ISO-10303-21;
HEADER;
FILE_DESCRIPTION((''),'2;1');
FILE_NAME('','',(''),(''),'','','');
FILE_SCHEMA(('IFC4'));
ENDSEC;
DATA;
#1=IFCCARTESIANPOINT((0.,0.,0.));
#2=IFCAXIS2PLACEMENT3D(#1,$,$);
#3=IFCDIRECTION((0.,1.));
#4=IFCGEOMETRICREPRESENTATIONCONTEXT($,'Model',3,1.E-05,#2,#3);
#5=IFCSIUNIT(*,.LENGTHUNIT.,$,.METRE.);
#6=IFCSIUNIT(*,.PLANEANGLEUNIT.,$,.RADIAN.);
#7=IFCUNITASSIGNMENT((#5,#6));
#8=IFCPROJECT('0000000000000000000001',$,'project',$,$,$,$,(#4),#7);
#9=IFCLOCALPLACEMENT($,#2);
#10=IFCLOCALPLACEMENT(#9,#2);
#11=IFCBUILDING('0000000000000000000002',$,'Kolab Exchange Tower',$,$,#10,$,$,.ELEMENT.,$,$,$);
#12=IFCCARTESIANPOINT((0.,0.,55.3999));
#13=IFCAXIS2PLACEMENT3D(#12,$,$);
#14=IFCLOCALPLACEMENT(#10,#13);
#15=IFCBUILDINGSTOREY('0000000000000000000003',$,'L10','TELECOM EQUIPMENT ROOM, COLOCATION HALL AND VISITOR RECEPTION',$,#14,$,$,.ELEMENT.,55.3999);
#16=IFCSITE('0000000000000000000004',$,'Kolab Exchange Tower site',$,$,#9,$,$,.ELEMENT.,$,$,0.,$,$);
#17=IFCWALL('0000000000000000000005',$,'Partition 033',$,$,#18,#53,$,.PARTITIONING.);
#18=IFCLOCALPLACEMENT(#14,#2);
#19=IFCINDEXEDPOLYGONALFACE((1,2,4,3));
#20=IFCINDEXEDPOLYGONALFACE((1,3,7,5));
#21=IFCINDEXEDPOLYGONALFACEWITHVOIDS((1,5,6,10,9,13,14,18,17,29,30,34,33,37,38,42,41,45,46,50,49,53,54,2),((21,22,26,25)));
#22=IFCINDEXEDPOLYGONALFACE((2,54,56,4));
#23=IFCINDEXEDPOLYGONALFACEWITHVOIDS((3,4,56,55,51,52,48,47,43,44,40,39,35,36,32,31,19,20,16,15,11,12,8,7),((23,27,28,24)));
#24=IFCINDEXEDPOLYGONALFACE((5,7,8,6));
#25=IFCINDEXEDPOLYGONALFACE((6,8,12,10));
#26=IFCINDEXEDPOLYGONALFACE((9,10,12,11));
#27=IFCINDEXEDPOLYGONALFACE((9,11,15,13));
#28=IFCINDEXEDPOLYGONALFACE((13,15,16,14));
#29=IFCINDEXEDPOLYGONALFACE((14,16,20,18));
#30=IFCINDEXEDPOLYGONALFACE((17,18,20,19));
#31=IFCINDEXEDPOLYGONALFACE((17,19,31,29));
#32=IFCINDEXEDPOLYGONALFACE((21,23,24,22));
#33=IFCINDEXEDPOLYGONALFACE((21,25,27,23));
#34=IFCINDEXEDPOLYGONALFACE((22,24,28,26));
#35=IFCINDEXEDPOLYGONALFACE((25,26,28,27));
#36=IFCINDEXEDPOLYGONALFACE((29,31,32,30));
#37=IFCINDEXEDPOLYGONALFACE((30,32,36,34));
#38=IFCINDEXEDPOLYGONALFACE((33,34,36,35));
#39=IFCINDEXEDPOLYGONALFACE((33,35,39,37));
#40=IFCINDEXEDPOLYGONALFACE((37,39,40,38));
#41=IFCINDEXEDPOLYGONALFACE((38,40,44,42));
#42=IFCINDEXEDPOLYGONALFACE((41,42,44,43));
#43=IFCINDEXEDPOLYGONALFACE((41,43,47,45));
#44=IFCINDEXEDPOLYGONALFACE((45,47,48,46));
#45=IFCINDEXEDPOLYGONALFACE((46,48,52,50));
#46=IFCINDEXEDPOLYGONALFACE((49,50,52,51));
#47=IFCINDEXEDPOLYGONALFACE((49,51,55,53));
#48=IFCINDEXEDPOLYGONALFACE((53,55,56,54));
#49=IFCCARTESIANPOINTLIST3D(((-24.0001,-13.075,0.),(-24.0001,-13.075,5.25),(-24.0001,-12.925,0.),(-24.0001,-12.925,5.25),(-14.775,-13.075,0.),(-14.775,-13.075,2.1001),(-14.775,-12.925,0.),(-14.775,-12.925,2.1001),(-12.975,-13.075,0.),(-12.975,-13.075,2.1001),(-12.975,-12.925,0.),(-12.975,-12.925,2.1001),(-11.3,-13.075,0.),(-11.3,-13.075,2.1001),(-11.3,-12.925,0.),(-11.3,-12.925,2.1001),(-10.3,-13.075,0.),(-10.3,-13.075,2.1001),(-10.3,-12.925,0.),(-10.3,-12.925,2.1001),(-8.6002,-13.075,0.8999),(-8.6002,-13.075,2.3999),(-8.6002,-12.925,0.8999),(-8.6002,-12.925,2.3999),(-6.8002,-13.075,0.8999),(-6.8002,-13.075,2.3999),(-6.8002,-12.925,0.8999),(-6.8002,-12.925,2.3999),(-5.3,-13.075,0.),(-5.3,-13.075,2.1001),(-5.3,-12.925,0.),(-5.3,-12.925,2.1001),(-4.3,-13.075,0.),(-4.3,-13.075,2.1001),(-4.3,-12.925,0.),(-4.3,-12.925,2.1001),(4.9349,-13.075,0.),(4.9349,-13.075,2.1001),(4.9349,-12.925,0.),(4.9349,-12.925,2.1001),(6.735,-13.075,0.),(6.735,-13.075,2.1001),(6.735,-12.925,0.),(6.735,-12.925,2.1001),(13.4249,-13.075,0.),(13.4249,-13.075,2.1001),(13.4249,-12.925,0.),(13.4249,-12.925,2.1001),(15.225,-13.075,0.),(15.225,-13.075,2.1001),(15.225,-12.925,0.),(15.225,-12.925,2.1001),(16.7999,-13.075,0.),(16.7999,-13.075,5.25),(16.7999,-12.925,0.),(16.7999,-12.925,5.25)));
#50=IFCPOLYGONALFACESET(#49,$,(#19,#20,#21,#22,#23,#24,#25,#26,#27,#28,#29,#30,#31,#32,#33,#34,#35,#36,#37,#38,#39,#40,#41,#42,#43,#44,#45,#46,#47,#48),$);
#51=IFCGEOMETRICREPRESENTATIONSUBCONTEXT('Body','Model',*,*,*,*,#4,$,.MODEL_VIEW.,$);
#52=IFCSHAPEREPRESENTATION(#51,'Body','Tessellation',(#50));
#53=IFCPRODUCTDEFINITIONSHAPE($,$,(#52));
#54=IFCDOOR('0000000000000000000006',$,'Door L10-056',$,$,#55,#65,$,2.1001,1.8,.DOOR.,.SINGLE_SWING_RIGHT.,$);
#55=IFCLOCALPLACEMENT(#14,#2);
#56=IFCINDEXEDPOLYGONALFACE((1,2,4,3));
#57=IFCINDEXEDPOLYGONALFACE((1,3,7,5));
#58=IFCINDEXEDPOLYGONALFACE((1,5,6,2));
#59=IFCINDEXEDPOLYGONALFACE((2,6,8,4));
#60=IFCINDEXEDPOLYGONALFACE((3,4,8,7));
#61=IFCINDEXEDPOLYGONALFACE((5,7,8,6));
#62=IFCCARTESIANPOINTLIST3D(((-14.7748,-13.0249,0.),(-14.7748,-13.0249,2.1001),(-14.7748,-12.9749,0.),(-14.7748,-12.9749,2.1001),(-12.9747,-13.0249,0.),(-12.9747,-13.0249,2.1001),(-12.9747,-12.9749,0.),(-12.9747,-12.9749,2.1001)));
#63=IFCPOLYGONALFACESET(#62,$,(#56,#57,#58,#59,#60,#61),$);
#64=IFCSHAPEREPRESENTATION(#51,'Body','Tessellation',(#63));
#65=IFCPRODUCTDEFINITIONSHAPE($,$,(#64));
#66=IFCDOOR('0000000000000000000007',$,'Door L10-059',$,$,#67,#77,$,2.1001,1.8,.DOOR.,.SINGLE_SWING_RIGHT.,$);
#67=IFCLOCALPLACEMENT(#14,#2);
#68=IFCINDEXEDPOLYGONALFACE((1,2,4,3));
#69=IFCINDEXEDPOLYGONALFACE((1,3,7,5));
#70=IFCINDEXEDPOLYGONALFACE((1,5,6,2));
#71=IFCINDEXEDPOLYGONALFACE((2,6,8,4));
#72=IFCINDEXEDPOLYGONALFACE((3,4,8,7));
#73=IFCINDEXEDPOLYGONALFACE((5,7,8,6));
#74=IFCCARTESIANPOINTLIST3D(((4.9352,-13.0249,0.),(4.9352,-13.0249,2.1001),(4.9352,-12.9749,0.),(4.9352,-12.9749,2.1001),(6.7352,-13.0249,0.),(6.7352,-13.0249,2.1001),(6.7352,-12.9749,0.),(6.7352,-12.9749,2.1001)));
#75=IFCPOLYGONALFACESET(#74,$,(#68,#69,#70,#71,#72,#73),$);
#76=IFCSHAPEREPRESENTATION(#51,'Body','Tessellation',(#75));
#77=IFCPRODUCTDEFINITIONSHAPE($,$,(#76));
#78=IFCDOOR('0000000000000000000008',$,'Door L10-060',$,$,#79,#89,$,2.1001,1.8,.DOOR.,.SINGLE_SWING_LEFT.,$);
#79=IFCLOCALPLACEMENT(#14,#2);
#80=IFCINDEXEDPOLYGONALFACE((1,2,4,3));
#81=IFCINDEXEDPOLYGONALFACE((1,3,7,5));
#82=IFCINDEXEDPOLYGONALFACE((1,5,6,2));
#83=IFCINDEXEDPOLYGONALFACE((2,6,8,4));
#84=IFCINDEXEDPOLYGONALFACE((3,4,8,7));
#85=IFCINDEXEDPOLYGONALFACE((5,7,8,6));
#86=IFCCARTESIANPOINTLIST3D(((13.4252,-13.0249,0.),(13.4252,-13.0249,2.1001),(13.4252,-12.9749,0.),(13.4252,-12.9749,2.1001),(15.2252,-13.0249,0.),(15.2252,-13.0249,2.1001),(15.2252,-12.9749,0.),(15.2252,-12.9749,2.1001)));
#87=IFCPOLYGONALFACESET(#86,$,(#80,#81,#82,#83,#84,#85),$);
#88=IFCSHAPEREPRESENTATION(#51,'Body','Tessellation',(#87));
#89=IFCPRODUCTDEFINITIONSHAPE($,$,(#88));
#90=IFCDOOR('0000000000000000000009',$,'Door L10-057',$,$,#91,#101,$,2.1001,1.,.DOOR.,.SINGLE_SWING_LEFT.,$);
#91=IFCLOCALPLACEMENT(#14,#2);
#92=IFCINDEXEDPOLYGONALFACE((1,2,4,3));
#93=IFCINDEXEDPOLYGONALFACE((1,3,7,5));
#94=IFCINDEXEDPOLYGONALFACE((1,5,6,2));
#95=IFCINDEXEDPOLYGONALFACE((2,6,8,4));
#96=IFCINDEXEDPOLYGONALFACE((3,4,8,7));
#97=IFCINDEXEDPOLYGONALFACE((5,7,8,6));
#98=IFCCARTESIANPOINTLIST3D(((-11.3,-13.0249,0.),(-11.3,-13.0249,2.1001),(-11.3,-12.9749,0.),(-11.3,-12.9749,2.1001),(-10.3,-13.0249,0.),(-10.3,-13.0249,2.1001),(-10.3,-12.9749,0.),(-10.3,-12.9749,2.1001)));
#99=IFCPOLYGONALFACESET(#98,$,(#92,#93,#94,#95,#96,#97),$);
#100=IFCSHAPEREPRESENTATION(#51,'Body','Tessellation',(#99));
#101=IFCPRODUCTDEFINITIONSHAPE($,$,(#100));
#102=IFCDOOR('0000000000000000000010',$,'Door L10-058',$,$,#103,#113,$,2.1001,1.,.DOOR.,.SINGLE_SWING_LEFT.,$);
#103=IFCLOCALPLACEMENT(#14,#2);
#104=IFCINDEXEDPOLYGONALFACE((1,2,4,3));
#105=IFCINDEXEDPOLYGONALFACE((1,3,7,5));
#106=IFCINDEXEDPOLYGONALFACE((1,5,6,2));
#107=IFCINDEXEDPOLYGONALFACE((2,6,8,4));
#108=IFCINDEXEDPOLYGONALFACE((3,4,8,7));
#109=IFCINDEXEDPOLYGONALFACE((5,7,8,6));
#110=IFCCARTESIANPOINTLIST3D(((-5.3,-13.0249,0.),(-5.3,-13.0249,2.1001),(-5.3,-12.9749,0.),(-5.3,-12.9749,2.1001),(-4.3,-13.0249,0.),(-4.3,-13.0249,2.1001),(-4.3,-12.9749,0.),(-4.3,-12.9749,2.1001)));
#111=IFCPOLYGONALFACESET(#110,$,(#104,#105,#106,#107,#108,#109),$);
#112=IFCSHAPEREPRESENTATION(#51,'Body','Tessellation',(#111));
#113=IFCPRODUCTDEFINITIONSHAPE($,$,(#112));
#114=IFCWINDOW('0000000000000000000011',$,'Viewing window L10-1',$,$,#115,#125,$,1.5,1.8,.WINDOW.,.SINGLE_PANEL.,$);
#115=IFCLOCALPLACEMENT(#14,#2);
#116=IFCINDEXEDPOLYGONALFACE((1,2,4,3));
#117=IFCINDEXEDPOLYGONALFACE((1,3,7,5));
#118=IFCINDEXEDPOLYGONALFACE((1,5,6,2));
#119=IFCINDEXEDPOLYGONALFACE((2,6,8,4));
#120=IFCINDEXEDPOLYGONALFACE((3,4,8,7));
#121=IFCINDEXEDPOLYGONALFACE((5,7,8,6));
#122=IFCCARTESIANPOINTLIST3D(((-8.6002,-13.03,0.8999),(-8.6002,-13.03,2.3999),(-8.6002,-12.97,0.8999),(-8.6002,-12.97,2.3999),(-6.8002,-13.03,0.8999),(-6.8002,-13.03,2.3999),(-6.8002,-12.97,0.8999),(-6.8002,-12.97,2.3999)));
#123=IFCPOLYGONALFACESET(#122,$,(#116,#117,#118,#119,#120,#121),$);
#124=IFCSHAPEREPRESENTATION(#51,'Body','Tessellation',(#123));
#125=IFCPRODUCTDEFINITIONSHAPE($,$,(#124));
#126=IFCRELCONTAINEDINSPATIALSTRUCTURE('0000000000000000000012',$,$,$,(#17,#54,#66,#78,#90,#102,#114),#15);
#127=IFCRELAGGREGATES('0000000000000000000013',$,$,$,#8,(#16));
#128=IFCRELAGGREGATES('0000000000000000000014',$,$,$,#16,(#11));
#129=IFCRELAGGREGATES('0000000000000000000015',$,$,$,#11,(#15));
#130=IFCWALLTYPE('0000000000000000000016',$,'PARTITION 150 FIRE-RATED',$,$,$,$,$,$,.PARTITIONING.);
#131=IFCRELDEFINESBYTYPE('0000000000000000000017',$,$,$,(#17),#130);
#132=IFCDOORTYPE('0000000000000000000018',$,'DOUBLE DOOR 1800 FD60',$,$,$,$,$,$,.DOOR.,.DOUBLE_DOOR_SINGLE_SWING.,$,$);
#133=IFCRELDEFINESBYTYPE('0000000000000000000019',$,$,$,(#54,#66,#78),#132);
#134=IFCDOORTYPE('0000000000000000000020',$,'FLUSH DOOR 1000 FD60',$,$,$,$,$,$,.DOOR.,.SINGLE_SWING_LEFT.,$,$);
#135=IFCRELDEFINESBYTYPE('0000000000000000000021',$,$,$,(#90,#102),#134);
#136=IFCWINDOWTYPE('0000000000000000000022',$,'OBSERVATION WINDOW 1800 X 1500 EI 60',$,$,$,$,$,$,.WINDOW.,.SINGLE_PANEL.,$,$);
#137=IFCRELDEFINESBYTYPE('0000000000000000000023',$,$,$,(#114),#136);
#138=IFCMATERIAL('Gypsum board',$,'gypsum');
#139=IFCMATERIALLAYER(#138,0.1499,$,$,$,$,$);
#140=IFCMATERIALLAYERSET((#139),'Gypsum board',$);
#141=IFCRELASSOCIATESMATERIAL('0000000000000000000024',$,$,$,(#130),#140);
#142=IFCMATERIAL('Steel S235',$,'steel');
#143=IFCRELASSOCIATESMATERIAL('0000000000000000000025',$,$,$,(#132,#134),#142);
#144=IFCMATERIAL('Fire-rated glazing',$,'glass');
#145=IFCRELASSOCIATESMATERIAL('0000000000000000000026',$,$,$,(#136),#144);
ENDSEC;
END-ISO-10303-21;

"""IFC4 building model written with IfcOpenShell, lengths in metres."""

from ifc_helpers import new_model, si_unit, direction, frame, frame_2d, origin, place, context, subcontext, project, spatial, rectangle, extrude, material, layer, layer_set, type_object, element, fill, save


model = new_model("IFC4")

# Units and contexts
model_context = context("Model", 3, precision=1e-05, world=origin(), true_north=direction((0.0, 1.0)))
body_context = subcontext(model_context, "Body", "Model", "MODEL_VIEW")
ifc_project = project(units=[si_unit("LENGTHUNIT", "METRE"), si_unit("PLANEANGLEUNIT", "RADIAN")], contexts=[model_context])

# Site, building, storey
site_placement = place(None, origin())
site = spatial("IfcSite", under=ifc_project, at=site_placement, Name="Kolab Exchange Tower site", CompositionType="ELEMENT", RefElevation=0.0)
building_placement = place(site_placement, origin())
building = spatial("IfcBuilding", under=site, at=building_placement, Name="Kolab Exchange Tower", CompositionType="ELEMENT")
storey_placement = place(building_placement, frame((0.0, 0.0, 55.3999)))
storey = spatial("IfcBuildingStorey", under=building, at=storey_placement, Name="L10", Description="TELECOM EQUIPMENT ROOM, COLOCATION HALL AND VISITOR RECEPTION", CompositionType="ELEMENT", Elevation=55.3999)

# Shared definitions
ifc_material_1 = material(Name="Gypsum board", Category="gypsum")
ifc_layer_1 = layer(ifc_material_1, 0.1499)
ifc_layer_set_1 = layer_set([ifc_layer_1], Name="Gypsum board")
wall_type_1 = type_object("IfcWallType", Name="PARTITION 150 FIRE-RATED", PredefinedType="PARTITIONING", material=ifc_layer_set_1)

# Wall, openings, doors, window
wall_1_placement = place(storey_placement, frame((-24.0, -13.0, 0.0), z_axis=(0.0, 0.0, 1.0), x_axis=(1.0, 0.0, 0.0)))
wall_1 = element("IfcWall", 1, at=wall_1_placement, inside=storey, type_object=wall_type_1, Name="Partition 033", PredefinedType="PARTITIONING", context=body_context, shape_type="SweptSolid", body=[
    extrude(rectangle(XDim=40.8, YDim=0.1499, at=frame_2d((20.3999, 0.0))), origin(), (0.0, 0.0, 1.0), 5.25),
])
opening_1_placement = place(wall_1_placement, frame((9.2251, 0.0, 0.0)))
opening_1 = element("IfcOpeningElement", 2, at=opening_1_placement, cuts=wall_1, PredefinedType="OPENING", context=body_context, shape_type="SweptSolid", body=[
    extrude(rectangle(XDim=1.8, YDim=2.1001, at=frame_2d((0.8999, 1.05))), frame((0.0, 0.085, 0.0), z_axis=(0.0, -1.0, 0.0), x_axis=(1.0, 0.0, 0.0)), (0.0, 0.0, 1.0), 0.1699),
])
opening_2_placement = place(wall_1_placement, frame((12.7, 0.0, 0.0)))
opening_2 = element("IfcOpeningElement", 3, at=opening_2_placement, cuts=wall_1, PredefinedType="OPENING", context=body_context, shape_type="SweptSolid", body=[
    extrude(rectangle(XDim=1.0, YDim=2.1001, at=frame_2d((0.5, 1.05))), frame((0.0, 0.085, 0.0), z_axis=(0.0, -1.0, 0.0), x_axis=(1.0, 0.0, 0.0)), (0.0, 0.0, 1.0), 0.1699),
])
opening_3_placement = place(wall_1_placement, frame((18.7, 0.0, 0.0)))
opening_3 = element("IfcOpeningElement", 4, at=opening_3_placement, cuts=wall_1, PredefinedType="OPENING", context=body_context, shape_type="SweptSolid", body=[
    extrude(rectangle(XDim=1.0, YDim=2.1001, at=frame_2d((0.5, 1.05))), frame((0.0, 0.085, 0.0), z_axis=(0.0, -1.0, 0.0), x_axis=(1.0, 0.0, 0.0)), (0.0, 0.0, 1.0), 0.1699),
])
opening_4_placement = place(wall_1_placement, frame((28.9351, 0.0, 0.0)))
opening_4 = element("IfcOpeningElement", 5, at=opening_4_placement, cuts=wall_1, PredefinedType="OPENING", context=body_context, shape_type="SweptSolid", body=[
    extrude(rectangle(XDim=1.8, YDim=2.1001, at=frame_2d((0.8999, 1.05))), frame((0.0, 0.085, 0.0), z_axis=(0.0, -1.0, 0.0), x_axis=(1.0, 0.0, 0.0)), (0.0, 0.0, 1.0), 0.1699),
])
opening_5_placement = place(wall_1_placement, frame((37.425, 0.0, 0.0)))
opening_5 = element("IfcOpeningElement", 6, at=opening_5_placement, cuts=wall_1, PredefinedType="OPENING", context=body_context, shape_type="SweptSolid", body=[
    extrude(rectangle(XDim=1.8, YDim=2.1001, at=frame_2d((0.8999, 1.05))), frame((0.0, 0.085, 0.0), z_axis=(0.0, -1.0, 0.0), x_axis=(1.0, 0.0, 0.0)), (0.0, 0.0, 1.0), 0.1699),
])
opening_6_placement = place(wall_1_placement, frame((15.3999, 0.0, 0.8999)))
opening_6 = element("IfcOpeningElement", 7, at=opening_6_placement, cuts=wall_1, PredefinedType="OPENING", context=body_context, shape_type="SweptSolid", body=[
    extrude(rectangle(XDim=1.8, YDim=1.5, at=frame_2d((0.8999, 0.75))), frame((0.0, 0.085, 0.0), z_axis=(0.0, -1.0, 0.0), x_axis=(1.0, 0.0, 0.0)), (0.0, 0.0, 1.0), 0.1699),
])
ifc_material_2 = material(Name="Steel S235", Category="steel")
door_type_1 = type_object("IfcDoorType", Name="DOUBLE DOOR 1800 FD60", OperationType="DOUBLE_DOOR_SINGLE_SWING", PredefinedType="DOOR", material=ifc_material_2)
door_1_placement = place(opening_1_placement, frame((1.8, 0.0, 0.0), z_axis=(0.0, 0.0, 1.0), x_axis=(-1.0, 0.0, 0.0)))
door_1 = element("IfcDoor", 8, at=door_1_placement, inside=storey, type_object=door_type_1, Name="Door L10-056", OperationType="SINGLE_SWING_RIGHT", OverallHeight=2.1001, OverallWidth=1.8, PredefinedType="DOOR", context=body_context, shape_type="SweptSolid", body=[
    extrude(rectangle(XDim=1.8, YDim=2.1001, at=frame_2d((0.8999, 1.05))), frame((0.0, 0.0249, 0.0), z_axis=(0.0, -1.0, 0.0), x_axis=(1.0, 0.0, 0.0)), (0.0, 0.0, 1.0), 0.05),
])
fill(opening_1, door_1)
door_2_placement = place(opening_4_placement, frame((1.8, 0.0, 0.0), z_axis=(0.0, 0.0, 1.0), x_axis=(-1.0, 0.0, 0.0)))
door_2 = element("IfcDoor", 9, at=door_2_placement, inside=storey, type_object=door_type_1, Name="Door L10-059", OperationType="SINGLE_SWING_RIGHT", OverallHeight=2.1001, OverallWidth=1.8, PredefinedType="DOOR", context=body_context, shape_type="SweptSolid", body=[
    extrude(rectangle(XDim=1.8, YDim=2.1001, at=frame_2d((0.8999, 1.05))), frame((0.0, 0.0249, 0.0), z_axis=(0.0, -1.0, 0.0), x_axis=(1.0, 0.0, 0.0)), (0.0, 0.0, 1.0), 0.05),
])
fill(opening_4, door_2)
door_3_placement = place(opening_5_placement, frame((1.8, 0.0, 0.0), z_axis=(0.0, 0.0, 1.0), x_axis=(-1.0, 0.0, 0.0)))
door_3 = element("IfcDoor", 10, at=door_3_placement, inside=storey, type_object=door_type_1, Name="Door L10-060", OperationType="SINGLE_SWING_LEFT", OverallHeight=2.1001, OverallWidth=1.8, PredefinedType="DOOR", context=body_context, shape_type="SweptSolid", body=[
    extrude(rectangle(XDim=1.8, YDim=2.1001, at=frame_2d((0.8999, 1.05))), frame((0.0, 0.0249, 0.0), z_axis=(0.0, -1.0, 0.0), x_axis=(1.0, 0.0, 0.0)), (0.0, 0.0, 1.0), 0.05),
])
fill(opening_5, door_3)
door_type_2 = type_object("IfcDoorType", Name="FLUSH DOOR 1000 FD60", OperationType="SINGLE_SWING_LEFT", PredefinedType="DOOR", material=ifc_material_2)
door_4_placement = place(opening_2_placement, frame((1.0, 0.0, 0.0), z_axis=(0.0, 0.0, 1.0), x_axis=(-1.0, 0.0, 0.0)))
door_4 = element("IfcDoor", 11, at=door_4_placement, inside=storey, type_object=door_type_2, Name="Door L10-057", OperationType="SINGLE_SWING_LEFT", OverallHeight=2.1001, OverallWidth=1.0, PredefinedType="DOOR", context=body_context, shape_type="SweptSolid", body=[
    extrude(rectangle(XDim=1.0, YDim=2.1001, at=frame_2d((0.5, 1.05))), frame((0.0, 0.0249, 0.0), z_axis=(0.0, -1.0, 0.0), x_axis=(1.0, 0.0, 0.0)), (0.0, 0.0, 1.0), 0.05),
])
fill(opening_2, door_4)
door_5_placement = place(opening_3_placement, frame((1.0, 0.0, 0.0), z_axis=(0.0, 0.0, 1.0), x_axis=(-1.0, 0.0, 0.0)))
door_5 = element("IfcDoor", 12, at=door_5_placement, inside=storey, type_object=door_type_2, Name="Door L10-058", OperationType="SINGLE_SWING_LEFT", OverallHeight=2.1001, OverallWidth=1.0, PredefinedType="DOOR", context=body_context, shape_type="SweptSolid", body=[
    extrude(rectangle(XDim=1.0, YDim=2.1001, at=frame_2d((0.5, 1.05))), frame((0.0, 0.0249, 0.0), z_axis=(0.0, -1.0, 0.0), x_axis=(1.0, 0.0, 0.0)), (0.0, 0.0, 1.0), 0.05),
])
fill(opening_3, door_5)
ifc_material_3 = material(Name="Fire-rated glazing", Category="glass")
window_type = type_object("IfcWindowType", Name="OBSERVATION WINDOW 1800 X 1500 EI 60", PartitioningType="SINGLE_PANEL", PredefinedType="WINDOW", material=ifc_material_3)
window_placement = place(opening_6_placement, origin())
window = element("IfcWindow", 13, at=window_placement, inside=storey, type_object=window_type, Name="Viewing window L10-1", OverallHeight=1.5, OverallWidth=1.8, PartitioningType="SINGLE_PANEL", PredefinedType="WINDOW", context=body_context, shape_type="SweptSolid", body=[
    extrude(rectangle(XDim=1.8, YDim=1.5, at=frame_2d((0.8999, 0.75))), frame((0.0, 0.03, 0.0), z_axis=(0.0, -1.0, 0.0), x_axis=(1.0, 0.0, 0.0)), (0.0, 0.0, 1.0), 0.0601),
])
fill(opening_6, window)

save(model, "model.ifc")
